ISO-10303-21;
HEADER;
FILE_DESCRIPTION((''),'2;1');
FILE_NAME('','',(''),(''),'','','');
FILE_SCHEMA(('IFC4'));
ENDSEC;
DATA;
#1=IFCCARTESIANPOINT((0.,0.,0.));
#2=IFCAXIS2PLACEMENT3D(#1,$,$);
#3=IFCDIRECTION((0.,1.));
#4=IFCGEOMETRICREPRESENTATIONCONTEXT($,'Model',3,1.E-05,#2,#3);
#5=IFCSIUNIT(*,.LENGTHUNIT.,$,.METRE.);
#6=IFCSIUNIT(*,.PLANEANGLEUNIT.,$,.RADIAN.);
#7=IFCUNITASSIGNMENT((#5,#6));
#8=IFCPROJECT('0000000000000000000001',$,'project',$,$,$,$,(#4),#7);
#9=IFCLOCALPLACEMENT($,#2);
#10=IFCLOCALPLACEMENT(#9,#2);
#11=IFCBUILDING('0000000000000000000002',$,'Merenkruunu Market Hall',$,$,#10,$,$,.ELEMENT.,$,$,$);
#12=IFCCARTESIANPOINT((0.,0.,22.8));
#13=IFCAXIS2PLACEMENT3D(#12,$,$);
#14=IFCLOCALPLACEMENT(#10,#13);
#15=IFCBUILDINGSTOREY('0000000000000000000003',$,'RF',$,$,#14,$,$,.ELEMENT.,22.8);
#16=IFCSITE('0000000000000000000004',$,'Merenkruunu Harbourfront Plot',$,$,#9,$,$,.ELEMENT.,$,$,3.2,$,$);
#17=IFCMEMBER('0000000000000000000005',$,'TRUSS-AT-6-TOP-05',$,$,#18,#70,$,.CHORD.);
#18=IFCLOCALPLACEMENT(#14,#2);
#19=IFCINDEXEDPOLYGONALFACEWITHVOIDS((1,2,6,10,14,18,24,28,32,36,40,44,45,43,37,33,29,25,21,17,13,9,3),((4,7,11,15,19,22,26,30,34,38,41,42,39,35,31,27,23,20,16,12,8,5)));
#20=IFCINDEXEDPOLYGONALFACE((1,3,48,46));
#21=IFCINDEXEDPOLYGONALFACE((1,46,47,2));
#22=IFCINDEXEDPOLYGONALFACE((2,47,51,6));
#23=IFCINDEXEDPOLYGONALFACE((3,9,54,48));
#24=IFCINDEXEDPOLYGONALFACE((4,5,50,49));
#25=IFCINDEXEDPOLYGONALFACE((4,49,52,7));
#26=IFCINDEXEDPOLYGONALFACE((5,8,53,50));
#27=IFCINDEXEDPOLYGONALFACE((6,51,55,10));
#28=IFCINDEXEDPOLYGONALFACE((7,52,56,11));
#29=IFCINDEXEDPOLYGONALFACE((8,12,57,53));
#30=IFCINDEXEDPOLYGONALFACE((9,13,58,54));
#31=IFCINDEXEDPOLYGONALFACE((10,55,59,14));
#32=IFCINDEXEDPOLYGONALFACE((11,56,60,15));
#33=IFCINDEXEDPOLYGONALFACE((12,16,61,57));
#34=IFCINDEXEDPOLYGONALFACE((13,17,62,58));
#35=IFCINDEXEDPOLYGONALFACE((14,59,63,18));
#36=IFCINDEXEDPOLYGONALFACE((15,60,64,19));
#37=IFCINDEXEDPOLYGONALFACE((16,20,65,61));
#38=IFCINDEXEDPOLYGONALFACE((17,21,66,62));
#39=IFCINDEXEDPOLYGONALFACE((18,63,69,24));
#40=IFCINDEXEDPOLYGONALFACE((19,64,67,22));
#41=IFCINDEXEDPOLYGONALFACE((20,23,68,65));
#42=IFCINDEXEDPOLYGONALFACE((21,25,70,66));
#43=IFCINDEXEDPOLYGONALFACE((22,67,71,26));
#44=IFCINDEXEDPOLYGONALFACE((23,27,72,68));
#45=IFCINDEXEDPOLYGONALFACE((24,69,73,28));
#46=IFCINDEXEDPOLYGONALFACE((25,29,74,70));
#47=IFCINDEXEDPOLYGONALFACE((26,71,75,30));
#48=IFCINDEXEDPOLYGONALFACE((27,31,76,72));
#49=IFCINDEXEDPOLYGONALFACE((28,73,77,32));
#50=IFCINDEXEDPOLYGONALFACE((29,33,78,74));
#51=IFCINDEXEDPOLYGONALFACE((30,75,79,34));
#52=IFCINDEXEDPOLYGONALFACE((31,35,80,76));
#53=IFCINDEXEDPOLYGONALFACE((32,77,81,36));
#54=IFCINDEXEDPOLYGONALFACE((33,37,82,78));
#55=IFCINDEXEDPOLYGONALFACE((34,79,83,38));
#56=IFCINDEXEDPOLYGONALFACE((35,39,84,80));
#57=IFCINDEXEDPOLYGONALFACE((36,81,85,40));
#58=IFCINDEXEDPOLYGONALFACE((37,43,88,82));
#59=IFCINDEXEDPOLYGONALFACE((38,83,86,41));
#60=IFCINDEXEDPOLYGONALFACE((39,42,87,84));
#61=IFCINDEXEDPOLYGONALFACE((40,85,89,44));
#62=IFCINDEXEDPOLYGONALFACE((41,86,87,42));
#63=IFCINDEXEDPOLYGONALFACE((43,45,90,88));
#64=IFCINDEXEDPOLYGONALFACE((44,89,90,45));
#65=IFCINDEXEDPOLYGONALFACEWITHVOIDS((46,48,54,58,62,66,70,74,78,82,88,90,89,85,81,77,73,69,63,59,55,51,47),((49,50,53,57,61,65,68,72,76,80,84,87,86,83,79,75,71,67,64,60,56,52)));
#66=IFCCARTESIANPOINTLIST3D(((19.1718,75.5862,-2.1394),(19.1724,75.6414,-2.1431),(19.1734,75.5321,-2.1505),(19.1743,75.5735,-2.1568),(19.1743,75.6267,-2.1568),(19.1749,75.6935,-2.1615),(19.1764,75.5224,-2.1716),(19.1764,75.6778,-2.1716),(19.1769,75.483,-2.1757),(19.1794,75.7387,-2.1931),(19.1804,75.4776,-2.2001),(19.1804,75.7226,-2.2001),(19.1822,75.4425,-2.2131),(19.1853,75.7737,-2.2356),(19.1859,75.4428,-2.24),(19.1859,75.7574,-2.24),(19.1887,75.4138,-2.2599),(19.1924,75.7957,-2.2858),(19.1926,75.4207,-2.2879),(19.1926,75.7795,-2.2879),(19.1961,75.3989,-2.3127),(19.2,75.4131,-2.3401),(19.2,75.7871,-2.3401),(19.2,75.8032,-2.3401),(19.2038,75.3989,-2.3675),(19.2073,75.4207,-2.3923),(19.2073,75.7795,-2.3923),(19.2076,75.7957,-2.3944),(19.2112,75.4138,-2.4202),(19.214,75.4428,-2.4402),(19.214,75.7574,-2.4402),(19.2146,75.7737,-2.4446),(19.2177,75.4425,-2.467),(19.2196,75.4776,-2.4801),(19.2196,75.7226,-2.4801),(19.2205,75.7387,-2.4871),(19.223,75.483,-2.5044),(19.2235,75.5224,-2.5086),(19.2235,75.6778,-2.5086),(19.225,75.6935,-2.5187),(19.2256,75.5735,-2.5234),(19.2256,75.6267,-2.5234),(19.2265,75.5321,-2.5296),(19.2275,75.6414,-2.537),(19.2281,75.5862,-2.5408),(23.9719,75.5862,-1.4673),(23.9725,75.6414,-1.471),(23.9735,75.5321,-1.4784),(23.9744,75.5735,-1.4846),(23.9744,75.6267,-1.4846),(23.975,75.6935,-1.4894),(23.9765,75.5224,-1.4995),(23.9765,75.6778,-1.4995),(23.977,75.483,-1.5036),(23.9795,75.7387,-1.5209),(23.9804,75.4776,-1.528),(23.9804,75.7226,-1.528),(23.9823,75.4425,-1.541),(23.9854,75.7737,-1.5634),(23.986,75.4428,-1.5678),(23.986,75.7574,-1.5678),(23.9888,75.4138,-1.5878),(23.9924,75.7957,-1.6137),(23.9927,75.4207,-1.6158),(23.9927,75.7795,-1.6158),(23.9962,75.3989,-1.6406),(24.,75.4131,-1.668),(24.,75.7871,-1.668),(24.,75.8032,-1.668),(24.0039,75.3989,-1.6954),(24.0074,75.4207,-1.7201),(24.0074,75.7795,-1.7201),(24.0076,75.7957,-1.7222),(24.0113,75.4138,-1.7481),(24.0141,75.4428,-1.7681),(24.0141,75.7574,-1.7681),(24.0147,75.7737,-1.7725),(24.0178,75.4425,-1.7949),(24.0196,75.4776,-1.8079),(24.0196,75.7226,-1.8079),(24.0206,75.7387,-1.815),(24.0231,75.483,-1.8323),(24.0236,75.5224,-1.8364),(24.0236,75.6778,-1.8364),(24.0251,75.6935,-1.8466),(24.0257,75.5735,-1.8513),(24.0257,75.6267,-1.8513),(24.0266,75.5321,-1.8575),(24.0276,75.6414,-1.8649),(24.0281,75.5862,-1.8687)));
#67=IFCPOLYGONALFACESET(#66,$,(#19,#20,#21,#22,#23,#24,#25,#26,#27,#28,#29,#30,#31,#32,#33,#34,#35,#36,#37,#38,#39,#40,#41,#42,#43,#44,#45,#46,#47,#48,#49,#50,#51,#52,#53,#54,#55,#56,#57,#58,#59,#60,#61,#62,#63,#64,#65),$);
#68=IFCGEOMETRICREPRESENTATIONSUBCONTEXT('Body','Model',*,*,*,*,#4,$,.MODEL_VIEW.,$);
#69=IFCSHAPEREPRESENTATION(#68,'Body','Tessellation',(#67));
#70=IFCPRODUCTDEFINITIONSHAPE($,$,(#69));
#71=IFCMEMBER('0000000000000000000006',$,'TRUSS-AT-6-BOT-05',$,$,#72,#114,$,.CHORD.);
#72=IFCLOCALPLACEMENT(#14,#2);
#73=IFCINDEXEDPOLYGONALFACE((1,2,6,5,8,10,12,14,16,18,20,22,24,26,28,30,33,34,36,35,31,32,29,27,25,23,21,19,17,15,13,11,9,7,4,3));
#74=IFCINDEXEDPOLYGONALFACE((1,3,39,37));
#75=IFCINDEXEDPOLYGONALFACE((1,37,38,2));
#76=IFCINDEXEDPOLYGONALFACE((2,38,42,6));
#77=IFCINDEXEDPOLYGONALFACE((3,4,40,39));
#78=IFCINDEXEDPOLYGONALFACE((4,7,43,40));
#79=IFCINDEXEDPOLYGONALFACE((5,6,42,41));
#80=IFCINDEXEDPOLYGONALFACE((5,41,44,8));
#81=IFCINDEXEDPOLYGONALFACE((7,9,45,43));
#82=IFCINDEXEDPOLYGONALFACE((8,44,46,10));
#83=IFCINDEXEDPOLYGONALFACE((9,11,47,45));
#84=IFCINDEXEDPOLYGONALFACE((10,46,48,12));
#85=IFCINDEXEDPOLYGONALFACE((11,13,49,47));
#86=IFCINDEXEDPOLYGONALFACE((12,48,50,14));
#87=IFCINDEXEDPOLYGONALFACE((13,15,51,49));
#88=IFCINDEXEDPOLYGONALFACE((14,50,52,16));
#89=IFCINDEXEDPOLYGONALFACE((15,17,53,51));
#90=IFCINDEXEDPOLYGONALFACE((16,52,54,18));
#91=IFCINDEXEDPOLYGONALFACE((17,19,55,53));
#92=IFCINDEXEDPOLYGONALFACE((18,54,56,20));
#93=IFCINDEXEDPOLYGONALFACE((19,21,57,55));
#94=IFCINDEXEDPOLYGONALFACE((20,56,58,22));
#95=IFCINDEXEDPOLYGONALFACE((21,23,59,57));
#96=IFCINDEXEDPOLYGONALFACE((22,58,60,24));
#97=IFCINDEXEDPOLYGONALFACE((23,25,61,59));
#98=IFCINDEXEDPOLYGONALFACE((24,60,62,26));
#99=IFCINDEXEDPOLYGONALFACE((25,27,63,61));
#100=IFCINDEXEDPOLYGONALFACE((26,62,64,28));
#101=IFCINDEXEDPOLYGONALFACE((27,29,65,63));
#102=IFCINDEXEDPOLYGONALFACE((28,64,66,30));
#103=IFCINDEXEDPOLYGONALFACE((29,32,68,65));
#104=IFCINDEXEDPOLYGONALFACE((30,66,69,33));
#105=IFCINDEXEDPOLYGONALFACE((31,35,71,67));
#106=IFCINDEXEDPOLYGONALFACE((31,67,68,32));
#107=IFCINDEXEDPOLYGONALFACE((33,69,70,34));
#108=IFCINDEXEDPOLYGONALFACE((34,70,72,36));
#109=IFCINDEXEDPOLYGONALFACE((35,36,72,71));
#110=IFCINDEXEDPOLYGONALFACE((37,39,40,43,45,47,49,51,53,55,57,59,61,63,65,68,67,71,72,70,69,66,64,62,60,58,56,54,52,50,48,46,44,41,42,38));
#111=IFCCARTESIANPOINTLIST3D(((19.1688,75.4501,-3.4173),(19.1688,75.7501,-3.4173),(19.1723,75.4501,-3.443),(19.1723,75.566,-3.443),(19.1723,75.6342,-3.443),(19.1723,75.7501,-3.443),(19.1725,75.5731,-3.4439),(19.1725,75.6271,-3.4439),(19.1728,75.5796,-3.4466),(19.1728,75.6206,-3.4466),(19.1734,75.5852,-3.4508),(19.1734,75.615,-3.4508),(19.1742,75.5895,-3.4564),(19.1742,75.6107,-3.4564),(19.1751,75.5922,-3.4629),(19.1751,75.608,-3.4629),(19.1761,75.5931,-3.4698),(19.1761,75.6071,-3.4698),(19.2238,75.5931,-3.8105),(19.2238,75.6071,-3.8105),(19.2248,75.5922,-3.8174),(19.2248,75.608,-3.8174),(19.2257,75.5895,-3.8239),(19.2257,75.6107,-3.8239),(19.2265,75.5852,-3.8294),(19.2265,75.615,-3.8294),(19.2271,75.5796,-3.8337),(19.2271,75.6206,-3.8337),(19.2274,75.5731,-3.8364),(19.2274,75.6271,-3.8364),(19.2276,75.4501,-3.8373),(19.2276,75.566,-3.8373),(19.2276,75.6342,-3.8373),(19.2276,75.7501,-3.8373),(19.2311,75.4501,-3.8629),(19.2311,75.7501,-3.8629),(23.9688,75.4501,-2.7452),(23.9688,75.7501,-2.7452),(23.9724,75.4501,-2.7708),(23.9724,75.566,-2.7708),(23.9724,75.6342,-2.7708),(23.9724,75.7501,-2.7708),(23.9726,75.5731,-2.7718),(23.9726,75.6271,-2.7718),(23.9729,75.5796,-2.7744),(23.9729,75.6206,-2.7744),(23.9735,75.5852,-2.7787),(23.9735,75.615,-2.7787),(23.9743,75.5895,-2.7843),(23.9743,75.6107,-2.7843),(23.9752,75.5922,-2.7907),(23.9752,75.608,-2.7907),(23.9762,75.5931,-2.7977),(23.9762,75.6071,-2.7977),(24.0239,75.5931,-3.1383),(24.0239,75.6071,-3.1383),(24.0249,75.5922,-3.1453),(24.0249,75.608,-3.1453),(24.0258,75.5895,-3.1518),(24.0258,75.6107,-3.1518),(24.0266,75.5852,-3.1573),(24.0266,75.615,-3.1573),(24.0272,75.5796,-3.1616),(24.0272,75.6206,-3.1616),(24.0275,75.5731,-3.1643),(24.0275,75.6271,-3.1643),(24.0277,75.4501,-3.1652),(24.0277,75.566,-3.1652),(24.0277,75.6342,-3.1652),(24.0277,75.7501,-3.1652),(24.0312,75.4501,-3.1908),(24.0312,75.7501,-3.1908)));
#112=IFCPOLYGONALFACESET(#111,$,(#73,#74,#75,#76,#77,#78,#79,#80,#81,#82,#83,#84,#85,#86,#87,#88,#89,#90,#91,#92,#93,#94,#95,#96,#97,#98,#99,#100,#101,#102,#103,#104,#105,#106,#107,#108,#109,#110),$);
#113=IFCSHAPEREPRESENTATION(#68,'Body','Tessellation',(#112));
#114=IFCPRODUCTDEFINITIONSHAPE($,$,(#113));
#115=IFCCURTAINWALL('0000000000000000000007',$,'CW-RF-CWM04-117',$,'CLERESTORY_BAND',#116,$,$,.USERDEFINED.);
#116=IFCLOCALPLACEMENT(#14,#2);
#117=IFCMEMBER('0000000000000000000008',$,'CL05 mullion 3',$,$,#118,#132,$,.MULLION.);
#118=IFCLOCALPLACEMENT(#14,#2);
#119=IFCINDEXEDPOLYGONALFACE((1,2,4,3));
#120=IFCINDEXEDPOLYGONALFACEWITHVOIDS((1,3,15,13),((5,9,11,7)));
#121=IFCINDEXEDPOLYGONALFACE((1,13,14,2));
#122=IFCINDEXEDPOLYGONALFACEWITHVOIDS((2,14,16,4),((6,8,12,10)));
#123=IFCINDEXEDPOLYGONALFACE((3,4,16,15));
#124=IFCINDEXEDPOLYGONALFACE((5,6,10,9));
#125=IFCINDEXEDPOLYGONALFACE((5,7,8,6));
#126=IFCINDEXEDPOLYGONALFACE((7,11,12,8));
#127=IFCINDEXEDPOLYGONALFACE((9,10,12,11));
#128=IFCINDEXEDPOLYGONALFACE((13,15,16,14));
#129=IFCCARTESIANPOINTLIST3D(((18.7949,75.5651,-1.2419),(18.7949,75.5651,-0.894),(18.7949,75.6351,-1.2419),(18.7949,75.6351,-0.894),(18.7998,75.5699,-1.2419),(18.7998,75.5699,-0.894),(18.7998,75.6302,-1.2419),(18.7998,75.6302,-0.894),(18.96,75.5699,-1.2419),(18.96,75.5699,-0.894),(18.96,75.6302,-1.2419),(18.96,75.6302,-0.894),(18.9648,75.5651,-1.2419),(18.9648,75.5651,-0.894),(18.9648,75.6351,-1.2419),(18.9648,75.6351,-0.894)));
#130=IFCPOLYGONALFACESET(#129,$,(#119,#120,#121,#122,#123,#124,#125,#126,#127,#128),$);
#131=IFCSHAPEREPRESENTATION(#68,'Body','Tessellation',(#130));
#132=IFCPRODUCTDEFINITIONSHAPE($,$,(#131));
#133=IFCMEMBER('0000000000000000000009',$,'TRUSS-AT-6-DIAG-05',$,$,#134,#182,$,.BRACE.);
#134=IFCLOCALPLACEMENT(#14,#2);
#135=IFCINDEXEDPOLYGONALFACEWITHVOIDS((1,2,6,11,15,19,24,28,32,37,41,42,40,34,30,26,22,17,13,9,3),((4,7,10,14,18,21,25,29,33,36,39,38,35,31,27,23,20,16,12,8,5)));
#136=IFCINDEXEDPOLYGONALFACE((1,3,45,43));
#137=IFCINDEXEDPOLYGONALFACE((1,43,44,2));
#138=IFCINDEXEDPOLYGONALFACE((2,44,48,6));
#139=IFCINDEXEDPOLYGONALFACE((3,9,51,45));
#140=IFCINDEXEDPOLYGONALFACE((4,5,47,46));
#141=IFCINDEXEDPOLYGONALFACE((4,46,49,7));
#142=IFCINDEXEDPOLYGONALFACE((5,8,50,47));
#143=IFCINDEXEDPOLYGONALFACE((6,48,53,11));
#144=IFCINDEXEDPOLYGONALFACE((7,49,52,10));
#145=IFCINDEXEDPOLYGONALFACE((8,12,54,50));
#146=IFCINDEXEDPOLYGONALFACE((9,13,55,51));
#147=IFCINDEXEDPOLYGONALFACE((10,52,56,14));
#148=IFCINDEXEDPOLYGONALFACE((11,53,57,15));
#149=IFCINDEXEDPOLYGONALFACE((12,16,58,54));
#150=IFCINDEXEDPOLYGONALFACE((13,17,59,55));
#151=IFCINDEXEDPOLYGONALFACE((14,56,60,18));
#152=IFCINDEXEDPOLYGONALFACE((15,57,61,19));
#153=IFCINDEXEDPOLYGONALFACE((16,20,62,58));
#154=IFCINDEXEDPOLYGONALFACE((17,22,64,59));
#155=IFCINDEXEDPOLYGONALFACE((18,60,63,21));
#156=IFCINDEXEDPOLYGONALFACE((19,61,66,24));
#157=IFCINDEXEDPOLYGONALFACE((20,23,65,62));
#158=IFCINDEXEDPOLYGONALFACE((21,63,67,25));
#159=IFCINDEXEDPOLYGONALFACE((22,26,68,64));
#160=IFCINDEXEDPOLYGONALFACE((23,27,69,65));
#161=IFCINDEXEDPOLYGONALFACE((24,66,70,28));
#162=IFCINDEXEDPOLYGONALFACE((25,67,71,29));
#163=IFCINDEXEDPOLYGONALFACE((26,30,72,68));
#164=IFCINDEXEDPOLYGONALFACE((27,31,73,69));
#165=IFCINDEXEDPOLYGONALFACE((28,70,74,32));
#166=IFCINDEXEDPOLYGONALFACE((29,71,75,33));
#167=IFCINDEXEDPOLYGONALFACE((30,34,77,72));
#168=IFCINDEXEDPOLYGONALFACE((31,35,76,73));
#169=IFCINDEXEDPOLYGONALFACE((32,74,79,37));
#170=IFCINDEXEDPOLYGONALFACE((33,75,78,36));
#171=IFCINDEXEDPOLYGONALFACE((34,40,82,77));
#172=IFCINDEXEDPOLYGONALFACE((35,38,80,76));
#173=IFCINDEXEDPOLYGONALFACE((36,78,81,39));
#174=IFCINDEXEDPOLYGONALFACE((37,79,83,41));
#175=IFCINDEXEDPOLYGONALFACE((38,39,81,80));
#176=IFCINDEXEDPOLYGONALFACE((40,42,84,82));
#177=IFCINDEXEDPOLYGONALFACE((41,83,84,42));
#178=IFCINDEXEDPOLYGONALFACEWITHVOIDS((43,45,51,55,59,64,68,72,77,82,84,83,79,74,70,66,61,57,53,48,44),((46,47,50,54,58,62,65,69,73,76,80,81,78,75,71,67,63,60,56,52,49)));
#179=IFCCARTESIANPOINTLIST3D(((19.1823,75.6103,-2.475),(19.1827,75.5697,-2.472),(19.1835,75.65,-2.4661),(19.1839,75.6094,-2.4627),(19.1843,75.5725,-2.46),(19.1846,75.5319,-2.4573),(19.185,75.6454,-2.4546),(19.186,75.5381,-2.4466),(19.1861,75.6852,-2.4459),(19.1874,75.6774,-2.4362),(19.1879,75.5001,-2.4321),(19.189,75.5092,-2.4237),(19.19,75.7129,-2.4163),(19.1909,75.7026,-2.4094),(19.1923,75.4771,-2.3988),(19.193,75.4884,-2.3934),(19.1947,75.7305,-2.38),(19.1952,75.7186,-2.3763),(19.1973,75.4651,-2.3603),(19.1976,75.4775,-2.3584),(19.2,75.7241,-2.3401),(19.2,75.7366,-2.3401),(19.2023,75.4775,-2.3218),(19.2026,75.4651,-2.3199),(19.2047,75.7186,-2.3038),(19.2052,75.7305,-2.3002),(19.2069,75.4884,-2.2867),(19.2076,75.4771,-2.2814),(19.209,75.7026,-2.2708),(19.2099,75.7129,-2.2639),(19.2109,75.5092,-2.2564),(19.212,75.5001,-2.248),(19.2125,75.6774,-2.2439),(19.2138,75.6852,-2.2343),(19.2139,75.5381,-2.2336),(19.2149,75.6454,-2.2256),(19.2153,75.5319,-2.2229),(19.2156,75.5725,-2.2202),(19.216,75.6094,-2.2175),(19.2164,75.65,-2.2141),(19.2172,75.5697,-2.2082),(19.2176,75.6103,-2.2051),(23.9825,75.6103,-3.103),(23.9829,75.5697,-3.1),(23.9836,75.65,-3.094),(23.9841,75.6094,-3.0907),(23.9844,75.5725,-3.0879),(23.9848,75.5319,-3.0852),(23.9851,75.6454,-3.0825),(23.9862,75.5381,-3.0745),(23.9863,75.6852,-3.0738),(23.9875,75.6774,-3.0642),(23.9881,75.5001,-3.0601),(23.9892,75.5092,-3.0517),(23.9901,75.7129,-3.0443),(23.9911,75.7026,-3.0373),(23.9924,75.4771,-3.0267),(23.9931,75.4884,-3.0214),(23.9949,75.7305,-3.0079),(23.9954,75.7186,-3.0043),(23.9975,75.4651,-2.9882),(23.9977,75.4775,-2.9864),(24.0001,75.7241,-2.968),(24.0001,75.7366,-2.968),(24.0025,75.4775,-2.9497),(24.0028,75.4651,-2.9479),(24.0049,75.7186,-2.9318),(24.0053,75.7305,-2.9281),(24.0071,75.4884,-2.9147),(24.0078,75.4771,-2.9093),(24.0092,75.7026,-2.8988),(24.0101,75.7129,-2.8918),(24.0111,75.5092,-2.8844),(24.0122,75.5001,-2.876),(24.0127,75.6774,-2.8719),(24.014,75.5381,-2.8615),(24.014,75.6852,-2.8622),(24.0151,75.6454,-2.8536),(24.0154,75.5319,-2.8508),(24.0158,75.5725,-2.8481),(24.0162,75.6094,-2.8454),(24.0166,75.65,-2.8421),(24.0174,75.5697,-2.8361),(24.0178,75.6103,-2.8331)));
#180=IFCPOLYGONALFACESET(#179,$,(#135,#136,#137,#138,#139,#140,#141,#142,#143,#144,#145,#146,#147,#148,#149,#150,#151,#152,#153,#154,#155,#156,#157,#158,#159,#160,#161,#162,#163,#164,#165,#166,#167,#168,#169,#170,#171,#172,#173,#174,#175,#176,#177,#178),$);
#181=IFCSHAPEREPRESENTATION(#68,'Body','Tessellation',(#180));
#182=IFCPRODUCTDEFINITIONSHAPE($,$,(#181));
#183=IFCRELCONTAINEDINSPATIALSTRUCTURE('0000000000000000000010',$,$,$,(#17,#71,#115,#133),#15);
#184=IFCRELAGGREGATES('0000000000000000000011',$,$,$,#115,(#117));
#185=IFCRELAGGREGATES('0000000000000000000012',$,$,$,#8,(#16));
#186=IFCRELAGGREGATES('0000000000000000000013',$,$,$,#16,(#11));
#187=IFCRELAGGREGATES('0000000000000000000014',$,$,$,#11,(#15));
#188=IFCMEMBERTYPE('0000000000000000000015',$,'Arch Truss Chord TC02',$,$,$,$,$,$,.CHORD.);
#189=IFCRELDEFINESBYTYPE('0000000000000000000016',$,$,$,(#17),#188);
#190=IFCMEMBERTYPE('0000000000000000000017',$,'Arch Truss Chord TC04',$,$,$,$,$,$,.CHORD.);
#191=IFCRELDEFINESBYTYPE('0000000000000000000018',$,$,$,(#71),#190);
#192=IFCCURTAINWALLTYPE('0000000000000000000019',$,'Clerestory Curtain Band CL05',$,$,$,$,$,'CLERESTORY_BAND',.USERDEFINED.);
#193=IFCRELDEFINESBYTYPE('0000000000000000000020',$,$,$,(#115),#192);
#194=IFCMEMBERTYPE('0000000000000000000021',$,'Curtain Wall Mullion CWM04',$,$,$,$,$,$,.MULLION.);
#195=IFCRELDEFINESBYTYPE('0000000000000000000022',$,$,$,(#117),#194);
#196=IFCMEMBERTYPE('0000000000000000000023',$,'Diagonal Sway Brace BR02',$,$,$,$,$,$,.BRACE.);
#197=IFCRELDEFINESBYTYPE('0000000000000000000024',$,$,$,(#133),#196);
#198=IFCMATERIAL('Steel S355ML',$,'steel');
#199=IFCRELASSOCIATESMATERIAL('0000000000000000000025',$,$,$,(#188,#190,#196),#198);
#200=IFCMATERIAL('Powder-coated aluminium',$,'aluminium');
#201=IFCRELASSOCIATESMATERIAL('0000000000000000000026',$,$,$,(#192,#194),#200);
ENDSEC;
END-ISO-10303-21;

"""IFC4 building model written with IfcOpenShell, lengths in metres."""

from ifc_helpers import new_model, si_unit, direction, frame, origin, origin_2d, place, context, subcontext, project, spatial, hollow_rectangle, hollow_circle, i_section, extrude, material, material_profile, profile_set, type_object, element, aggregate, save


model = new_model("IFC4")

# Units and contexts
model_context = context("Model", 3, precision=1e-05, world=origin(), true_north=direction((0.0, 1.0)))
body_context = subcontext(model_context, "Body", "Model", "MODEL_VIEW")
ifc_project = project(units=[si_unit("LENGTHUNIT", "METRE"), si_unit("PLANEANGLEUNIT", "RADIAN")], contexts=[model_context])

# Site, building, storey
site_placement = place(None, origin())
site = spatial("IfcSite", under=ifc_project, at=site_placement, Name="Merenkruunu Harbourfront Plot", CompositionType="ELEMENT", RefElevation=3.2)
building_placement = place(site_placement, origin())
building = spatial("IfcBuilding", under=site, at=building_placement, Name="Merenkruunu Market Hall", CompositionType="ELEMENT")
storey_placement = place(building_placement, frame((0.0, 0.0, 22.8)))
storey = spatial("IfcBuildingStorey", under=building, at=storey_placement, Name="RF", CompositionType="ELEMENT", Elevation=22.8)

# Members
ifc_material_1 = material(Name="Steel S355ML", Category="steel")
ifc_material_profile_1 = material_profile(ifc_material_1, hollow_circle(Radius=0.2031, WallThickness=0.0161, at=origin_2d()), Name="CHS 406.4x16")
ifc_profile_set_1 = profile_set([ifc_material_profile_1], Name="Steel S355ML")
member_type_1 = type_object("IfcMemberType", Name="Arch Truss Chord TC02", PredefinedType="CHORD", material=ifc_profile_set_1)
member_1_placement = place(storey_placement, frame((19.2, 75.6001, -2.3401), z_axis=(0.990339, 0.0, 0.138671), x_axis=(0.0, 1.0, 0.0)))
element("IfcMember", 1, at=member_1_placement, inside=storey, type_object=member_type_1, Name="TRUSS-AT-6-TOP-05", PredefinedType="CHORD", context=body_context, shape_type="SweptSolid", body=[
    extrude(hollow_circle(Radius=0.2031, WallThickness=0.0161, at=origin_2d()), origin(), (0.0, 0.0, 1.0), 4.8469),
])
ifc_material_profile_2 = material_profile(ifc_material_1, i_section(OverallWidth=0.3, OverallDepth=0.45, WebThickness=0.0139, FlangeThickness=0.0259, FilletRadius=0.0271, at=origin_2d()), Name="HEB 450")
ifc_profile_set_2 = profile_set([ifc_material_profile_2], Name="Steel S355ML")
member_type_2 = type_object("IfcMemberType", Name="Arch Truss Chord TC04", PredefinedType="CHORD", material=ifc_profile_set_2)
member_2_placement = place(storey_placement, frame((19.2, 75.6001, -3.6401), z_axis=(0.990339, 0.0, 0.138671), x_axis=(0.0, 1.0, 0.0)))
element("IfcMember", 2, at=member_2_placement, inside=storey, type_object=member_type_2, Name="TRUSS-AT-6-BOT-05", PredefinedType="CHORD", context=body_context, shape_type="SweptSolid", body=[
    extrude(i_section(OverallWidth=0.3, OverallDepth=0.45, WebThickness=0.0139, FlangeThickness=0.0259, FilletRadius=0.0271, at=origin_2d()), origin(), (0.0, 0.0, 1.0), 4.8469),
])

# Curtain wall, member
ifc_material_2 = material(Name="Powder-coated aluminium", Category="aluminium")
curtain_wall_type = type_object("IfcCurtainWallType", Name="Clerestory Curtain Band CL05", ElementType="CLERESTORY_BAND", PredefinedType="USERDEFINED", material=ifc_material_2)
curtain_wall_placement = place(storey_placement, origin())
curtain_wall = element("IfcCurtainWall", 3, at=curtain_wall_placement, inside=storey, type_object=curtain_wall_type, Name="CW-RF-CWM04-117", ObjectType="CLERESTORY_BAND", PredefinedType="USERDEFINED")
ifc_material_profile_3 = material_profile(ifc_material_2, hollow_rectangle(XDim=0.0701, YDim=0.1699, WallThickness=0.0049, at=origin_2d()), Name="ALU 70x170x5")
ifc_profile_set_3 = profile_set([ifc_material_profile_3], Name="Powder-coated aluminium")
member_type_3 = type_object("IfcMemberType", Name="Curtain Wall Mullion CWM04", PredefinedType="MULLION", material=ifc_profile_set_3)
member_3_placement = place(storey_placement, frame((18.8799, 75.6001, -1.2419), z_axis=(0.0, 0.0, 1.0), x_axis=(0.0, 1.0, 0.0)))
member_3 = element("IfcMember", 4, at=member_3_placement, type_object=member_type_3, Name="CL05 mullion 3", PredefinedType="MULLION", context=body_context, shape_type="SweptSolid", body=[
    extrude(hollow_rectangle(XDim=0.0701, YDim=0.1699, WallThickness=0.0049, at=origin_2d()), origin(), (0.0, 0.0, 1.0), 0.3479),
])
aggregate(curtain_wall, [member_3])

# Member
ifc_material_profile_4 = material_profile(ifc_material_1, hollow_circle(Radius=0.1365, WallThickness=0.0125, at=origin_2d()), Name="CHS 273x12.5")
ifc_profile_set_4 = profile_set([ifc_material_profile_4], Name="Steel S355ML")
member_type_4 = type_object("IfcMemberType", Name="Diagonal Sway Brace BR02", PredefinedType="BRACE", material=ifc_profile_set_4)
member_4_placement = place(storey_placement, frame((19.2, 75.6001, -2.3401), z_axis=(0.991552, 0.0, -0.129712), x_axis=(0.0, 1.0, 0.0)))
element("IfcMember", 5, at=member_4_placement, inside=storey, type_object=member_type_4, Name="TRUSS-AT-6-DIAG-05", PredefinedType="BRACE", context=body_context, shape_type="SweptSolid", body=[
    extrude(hollow_circle(Radius=0.1365, WallThickness=0.0125, at=origin_2d()), origin(), (0.0, 0.0, 1.0), 4.8411),
])

save(model, "model.ifc")
